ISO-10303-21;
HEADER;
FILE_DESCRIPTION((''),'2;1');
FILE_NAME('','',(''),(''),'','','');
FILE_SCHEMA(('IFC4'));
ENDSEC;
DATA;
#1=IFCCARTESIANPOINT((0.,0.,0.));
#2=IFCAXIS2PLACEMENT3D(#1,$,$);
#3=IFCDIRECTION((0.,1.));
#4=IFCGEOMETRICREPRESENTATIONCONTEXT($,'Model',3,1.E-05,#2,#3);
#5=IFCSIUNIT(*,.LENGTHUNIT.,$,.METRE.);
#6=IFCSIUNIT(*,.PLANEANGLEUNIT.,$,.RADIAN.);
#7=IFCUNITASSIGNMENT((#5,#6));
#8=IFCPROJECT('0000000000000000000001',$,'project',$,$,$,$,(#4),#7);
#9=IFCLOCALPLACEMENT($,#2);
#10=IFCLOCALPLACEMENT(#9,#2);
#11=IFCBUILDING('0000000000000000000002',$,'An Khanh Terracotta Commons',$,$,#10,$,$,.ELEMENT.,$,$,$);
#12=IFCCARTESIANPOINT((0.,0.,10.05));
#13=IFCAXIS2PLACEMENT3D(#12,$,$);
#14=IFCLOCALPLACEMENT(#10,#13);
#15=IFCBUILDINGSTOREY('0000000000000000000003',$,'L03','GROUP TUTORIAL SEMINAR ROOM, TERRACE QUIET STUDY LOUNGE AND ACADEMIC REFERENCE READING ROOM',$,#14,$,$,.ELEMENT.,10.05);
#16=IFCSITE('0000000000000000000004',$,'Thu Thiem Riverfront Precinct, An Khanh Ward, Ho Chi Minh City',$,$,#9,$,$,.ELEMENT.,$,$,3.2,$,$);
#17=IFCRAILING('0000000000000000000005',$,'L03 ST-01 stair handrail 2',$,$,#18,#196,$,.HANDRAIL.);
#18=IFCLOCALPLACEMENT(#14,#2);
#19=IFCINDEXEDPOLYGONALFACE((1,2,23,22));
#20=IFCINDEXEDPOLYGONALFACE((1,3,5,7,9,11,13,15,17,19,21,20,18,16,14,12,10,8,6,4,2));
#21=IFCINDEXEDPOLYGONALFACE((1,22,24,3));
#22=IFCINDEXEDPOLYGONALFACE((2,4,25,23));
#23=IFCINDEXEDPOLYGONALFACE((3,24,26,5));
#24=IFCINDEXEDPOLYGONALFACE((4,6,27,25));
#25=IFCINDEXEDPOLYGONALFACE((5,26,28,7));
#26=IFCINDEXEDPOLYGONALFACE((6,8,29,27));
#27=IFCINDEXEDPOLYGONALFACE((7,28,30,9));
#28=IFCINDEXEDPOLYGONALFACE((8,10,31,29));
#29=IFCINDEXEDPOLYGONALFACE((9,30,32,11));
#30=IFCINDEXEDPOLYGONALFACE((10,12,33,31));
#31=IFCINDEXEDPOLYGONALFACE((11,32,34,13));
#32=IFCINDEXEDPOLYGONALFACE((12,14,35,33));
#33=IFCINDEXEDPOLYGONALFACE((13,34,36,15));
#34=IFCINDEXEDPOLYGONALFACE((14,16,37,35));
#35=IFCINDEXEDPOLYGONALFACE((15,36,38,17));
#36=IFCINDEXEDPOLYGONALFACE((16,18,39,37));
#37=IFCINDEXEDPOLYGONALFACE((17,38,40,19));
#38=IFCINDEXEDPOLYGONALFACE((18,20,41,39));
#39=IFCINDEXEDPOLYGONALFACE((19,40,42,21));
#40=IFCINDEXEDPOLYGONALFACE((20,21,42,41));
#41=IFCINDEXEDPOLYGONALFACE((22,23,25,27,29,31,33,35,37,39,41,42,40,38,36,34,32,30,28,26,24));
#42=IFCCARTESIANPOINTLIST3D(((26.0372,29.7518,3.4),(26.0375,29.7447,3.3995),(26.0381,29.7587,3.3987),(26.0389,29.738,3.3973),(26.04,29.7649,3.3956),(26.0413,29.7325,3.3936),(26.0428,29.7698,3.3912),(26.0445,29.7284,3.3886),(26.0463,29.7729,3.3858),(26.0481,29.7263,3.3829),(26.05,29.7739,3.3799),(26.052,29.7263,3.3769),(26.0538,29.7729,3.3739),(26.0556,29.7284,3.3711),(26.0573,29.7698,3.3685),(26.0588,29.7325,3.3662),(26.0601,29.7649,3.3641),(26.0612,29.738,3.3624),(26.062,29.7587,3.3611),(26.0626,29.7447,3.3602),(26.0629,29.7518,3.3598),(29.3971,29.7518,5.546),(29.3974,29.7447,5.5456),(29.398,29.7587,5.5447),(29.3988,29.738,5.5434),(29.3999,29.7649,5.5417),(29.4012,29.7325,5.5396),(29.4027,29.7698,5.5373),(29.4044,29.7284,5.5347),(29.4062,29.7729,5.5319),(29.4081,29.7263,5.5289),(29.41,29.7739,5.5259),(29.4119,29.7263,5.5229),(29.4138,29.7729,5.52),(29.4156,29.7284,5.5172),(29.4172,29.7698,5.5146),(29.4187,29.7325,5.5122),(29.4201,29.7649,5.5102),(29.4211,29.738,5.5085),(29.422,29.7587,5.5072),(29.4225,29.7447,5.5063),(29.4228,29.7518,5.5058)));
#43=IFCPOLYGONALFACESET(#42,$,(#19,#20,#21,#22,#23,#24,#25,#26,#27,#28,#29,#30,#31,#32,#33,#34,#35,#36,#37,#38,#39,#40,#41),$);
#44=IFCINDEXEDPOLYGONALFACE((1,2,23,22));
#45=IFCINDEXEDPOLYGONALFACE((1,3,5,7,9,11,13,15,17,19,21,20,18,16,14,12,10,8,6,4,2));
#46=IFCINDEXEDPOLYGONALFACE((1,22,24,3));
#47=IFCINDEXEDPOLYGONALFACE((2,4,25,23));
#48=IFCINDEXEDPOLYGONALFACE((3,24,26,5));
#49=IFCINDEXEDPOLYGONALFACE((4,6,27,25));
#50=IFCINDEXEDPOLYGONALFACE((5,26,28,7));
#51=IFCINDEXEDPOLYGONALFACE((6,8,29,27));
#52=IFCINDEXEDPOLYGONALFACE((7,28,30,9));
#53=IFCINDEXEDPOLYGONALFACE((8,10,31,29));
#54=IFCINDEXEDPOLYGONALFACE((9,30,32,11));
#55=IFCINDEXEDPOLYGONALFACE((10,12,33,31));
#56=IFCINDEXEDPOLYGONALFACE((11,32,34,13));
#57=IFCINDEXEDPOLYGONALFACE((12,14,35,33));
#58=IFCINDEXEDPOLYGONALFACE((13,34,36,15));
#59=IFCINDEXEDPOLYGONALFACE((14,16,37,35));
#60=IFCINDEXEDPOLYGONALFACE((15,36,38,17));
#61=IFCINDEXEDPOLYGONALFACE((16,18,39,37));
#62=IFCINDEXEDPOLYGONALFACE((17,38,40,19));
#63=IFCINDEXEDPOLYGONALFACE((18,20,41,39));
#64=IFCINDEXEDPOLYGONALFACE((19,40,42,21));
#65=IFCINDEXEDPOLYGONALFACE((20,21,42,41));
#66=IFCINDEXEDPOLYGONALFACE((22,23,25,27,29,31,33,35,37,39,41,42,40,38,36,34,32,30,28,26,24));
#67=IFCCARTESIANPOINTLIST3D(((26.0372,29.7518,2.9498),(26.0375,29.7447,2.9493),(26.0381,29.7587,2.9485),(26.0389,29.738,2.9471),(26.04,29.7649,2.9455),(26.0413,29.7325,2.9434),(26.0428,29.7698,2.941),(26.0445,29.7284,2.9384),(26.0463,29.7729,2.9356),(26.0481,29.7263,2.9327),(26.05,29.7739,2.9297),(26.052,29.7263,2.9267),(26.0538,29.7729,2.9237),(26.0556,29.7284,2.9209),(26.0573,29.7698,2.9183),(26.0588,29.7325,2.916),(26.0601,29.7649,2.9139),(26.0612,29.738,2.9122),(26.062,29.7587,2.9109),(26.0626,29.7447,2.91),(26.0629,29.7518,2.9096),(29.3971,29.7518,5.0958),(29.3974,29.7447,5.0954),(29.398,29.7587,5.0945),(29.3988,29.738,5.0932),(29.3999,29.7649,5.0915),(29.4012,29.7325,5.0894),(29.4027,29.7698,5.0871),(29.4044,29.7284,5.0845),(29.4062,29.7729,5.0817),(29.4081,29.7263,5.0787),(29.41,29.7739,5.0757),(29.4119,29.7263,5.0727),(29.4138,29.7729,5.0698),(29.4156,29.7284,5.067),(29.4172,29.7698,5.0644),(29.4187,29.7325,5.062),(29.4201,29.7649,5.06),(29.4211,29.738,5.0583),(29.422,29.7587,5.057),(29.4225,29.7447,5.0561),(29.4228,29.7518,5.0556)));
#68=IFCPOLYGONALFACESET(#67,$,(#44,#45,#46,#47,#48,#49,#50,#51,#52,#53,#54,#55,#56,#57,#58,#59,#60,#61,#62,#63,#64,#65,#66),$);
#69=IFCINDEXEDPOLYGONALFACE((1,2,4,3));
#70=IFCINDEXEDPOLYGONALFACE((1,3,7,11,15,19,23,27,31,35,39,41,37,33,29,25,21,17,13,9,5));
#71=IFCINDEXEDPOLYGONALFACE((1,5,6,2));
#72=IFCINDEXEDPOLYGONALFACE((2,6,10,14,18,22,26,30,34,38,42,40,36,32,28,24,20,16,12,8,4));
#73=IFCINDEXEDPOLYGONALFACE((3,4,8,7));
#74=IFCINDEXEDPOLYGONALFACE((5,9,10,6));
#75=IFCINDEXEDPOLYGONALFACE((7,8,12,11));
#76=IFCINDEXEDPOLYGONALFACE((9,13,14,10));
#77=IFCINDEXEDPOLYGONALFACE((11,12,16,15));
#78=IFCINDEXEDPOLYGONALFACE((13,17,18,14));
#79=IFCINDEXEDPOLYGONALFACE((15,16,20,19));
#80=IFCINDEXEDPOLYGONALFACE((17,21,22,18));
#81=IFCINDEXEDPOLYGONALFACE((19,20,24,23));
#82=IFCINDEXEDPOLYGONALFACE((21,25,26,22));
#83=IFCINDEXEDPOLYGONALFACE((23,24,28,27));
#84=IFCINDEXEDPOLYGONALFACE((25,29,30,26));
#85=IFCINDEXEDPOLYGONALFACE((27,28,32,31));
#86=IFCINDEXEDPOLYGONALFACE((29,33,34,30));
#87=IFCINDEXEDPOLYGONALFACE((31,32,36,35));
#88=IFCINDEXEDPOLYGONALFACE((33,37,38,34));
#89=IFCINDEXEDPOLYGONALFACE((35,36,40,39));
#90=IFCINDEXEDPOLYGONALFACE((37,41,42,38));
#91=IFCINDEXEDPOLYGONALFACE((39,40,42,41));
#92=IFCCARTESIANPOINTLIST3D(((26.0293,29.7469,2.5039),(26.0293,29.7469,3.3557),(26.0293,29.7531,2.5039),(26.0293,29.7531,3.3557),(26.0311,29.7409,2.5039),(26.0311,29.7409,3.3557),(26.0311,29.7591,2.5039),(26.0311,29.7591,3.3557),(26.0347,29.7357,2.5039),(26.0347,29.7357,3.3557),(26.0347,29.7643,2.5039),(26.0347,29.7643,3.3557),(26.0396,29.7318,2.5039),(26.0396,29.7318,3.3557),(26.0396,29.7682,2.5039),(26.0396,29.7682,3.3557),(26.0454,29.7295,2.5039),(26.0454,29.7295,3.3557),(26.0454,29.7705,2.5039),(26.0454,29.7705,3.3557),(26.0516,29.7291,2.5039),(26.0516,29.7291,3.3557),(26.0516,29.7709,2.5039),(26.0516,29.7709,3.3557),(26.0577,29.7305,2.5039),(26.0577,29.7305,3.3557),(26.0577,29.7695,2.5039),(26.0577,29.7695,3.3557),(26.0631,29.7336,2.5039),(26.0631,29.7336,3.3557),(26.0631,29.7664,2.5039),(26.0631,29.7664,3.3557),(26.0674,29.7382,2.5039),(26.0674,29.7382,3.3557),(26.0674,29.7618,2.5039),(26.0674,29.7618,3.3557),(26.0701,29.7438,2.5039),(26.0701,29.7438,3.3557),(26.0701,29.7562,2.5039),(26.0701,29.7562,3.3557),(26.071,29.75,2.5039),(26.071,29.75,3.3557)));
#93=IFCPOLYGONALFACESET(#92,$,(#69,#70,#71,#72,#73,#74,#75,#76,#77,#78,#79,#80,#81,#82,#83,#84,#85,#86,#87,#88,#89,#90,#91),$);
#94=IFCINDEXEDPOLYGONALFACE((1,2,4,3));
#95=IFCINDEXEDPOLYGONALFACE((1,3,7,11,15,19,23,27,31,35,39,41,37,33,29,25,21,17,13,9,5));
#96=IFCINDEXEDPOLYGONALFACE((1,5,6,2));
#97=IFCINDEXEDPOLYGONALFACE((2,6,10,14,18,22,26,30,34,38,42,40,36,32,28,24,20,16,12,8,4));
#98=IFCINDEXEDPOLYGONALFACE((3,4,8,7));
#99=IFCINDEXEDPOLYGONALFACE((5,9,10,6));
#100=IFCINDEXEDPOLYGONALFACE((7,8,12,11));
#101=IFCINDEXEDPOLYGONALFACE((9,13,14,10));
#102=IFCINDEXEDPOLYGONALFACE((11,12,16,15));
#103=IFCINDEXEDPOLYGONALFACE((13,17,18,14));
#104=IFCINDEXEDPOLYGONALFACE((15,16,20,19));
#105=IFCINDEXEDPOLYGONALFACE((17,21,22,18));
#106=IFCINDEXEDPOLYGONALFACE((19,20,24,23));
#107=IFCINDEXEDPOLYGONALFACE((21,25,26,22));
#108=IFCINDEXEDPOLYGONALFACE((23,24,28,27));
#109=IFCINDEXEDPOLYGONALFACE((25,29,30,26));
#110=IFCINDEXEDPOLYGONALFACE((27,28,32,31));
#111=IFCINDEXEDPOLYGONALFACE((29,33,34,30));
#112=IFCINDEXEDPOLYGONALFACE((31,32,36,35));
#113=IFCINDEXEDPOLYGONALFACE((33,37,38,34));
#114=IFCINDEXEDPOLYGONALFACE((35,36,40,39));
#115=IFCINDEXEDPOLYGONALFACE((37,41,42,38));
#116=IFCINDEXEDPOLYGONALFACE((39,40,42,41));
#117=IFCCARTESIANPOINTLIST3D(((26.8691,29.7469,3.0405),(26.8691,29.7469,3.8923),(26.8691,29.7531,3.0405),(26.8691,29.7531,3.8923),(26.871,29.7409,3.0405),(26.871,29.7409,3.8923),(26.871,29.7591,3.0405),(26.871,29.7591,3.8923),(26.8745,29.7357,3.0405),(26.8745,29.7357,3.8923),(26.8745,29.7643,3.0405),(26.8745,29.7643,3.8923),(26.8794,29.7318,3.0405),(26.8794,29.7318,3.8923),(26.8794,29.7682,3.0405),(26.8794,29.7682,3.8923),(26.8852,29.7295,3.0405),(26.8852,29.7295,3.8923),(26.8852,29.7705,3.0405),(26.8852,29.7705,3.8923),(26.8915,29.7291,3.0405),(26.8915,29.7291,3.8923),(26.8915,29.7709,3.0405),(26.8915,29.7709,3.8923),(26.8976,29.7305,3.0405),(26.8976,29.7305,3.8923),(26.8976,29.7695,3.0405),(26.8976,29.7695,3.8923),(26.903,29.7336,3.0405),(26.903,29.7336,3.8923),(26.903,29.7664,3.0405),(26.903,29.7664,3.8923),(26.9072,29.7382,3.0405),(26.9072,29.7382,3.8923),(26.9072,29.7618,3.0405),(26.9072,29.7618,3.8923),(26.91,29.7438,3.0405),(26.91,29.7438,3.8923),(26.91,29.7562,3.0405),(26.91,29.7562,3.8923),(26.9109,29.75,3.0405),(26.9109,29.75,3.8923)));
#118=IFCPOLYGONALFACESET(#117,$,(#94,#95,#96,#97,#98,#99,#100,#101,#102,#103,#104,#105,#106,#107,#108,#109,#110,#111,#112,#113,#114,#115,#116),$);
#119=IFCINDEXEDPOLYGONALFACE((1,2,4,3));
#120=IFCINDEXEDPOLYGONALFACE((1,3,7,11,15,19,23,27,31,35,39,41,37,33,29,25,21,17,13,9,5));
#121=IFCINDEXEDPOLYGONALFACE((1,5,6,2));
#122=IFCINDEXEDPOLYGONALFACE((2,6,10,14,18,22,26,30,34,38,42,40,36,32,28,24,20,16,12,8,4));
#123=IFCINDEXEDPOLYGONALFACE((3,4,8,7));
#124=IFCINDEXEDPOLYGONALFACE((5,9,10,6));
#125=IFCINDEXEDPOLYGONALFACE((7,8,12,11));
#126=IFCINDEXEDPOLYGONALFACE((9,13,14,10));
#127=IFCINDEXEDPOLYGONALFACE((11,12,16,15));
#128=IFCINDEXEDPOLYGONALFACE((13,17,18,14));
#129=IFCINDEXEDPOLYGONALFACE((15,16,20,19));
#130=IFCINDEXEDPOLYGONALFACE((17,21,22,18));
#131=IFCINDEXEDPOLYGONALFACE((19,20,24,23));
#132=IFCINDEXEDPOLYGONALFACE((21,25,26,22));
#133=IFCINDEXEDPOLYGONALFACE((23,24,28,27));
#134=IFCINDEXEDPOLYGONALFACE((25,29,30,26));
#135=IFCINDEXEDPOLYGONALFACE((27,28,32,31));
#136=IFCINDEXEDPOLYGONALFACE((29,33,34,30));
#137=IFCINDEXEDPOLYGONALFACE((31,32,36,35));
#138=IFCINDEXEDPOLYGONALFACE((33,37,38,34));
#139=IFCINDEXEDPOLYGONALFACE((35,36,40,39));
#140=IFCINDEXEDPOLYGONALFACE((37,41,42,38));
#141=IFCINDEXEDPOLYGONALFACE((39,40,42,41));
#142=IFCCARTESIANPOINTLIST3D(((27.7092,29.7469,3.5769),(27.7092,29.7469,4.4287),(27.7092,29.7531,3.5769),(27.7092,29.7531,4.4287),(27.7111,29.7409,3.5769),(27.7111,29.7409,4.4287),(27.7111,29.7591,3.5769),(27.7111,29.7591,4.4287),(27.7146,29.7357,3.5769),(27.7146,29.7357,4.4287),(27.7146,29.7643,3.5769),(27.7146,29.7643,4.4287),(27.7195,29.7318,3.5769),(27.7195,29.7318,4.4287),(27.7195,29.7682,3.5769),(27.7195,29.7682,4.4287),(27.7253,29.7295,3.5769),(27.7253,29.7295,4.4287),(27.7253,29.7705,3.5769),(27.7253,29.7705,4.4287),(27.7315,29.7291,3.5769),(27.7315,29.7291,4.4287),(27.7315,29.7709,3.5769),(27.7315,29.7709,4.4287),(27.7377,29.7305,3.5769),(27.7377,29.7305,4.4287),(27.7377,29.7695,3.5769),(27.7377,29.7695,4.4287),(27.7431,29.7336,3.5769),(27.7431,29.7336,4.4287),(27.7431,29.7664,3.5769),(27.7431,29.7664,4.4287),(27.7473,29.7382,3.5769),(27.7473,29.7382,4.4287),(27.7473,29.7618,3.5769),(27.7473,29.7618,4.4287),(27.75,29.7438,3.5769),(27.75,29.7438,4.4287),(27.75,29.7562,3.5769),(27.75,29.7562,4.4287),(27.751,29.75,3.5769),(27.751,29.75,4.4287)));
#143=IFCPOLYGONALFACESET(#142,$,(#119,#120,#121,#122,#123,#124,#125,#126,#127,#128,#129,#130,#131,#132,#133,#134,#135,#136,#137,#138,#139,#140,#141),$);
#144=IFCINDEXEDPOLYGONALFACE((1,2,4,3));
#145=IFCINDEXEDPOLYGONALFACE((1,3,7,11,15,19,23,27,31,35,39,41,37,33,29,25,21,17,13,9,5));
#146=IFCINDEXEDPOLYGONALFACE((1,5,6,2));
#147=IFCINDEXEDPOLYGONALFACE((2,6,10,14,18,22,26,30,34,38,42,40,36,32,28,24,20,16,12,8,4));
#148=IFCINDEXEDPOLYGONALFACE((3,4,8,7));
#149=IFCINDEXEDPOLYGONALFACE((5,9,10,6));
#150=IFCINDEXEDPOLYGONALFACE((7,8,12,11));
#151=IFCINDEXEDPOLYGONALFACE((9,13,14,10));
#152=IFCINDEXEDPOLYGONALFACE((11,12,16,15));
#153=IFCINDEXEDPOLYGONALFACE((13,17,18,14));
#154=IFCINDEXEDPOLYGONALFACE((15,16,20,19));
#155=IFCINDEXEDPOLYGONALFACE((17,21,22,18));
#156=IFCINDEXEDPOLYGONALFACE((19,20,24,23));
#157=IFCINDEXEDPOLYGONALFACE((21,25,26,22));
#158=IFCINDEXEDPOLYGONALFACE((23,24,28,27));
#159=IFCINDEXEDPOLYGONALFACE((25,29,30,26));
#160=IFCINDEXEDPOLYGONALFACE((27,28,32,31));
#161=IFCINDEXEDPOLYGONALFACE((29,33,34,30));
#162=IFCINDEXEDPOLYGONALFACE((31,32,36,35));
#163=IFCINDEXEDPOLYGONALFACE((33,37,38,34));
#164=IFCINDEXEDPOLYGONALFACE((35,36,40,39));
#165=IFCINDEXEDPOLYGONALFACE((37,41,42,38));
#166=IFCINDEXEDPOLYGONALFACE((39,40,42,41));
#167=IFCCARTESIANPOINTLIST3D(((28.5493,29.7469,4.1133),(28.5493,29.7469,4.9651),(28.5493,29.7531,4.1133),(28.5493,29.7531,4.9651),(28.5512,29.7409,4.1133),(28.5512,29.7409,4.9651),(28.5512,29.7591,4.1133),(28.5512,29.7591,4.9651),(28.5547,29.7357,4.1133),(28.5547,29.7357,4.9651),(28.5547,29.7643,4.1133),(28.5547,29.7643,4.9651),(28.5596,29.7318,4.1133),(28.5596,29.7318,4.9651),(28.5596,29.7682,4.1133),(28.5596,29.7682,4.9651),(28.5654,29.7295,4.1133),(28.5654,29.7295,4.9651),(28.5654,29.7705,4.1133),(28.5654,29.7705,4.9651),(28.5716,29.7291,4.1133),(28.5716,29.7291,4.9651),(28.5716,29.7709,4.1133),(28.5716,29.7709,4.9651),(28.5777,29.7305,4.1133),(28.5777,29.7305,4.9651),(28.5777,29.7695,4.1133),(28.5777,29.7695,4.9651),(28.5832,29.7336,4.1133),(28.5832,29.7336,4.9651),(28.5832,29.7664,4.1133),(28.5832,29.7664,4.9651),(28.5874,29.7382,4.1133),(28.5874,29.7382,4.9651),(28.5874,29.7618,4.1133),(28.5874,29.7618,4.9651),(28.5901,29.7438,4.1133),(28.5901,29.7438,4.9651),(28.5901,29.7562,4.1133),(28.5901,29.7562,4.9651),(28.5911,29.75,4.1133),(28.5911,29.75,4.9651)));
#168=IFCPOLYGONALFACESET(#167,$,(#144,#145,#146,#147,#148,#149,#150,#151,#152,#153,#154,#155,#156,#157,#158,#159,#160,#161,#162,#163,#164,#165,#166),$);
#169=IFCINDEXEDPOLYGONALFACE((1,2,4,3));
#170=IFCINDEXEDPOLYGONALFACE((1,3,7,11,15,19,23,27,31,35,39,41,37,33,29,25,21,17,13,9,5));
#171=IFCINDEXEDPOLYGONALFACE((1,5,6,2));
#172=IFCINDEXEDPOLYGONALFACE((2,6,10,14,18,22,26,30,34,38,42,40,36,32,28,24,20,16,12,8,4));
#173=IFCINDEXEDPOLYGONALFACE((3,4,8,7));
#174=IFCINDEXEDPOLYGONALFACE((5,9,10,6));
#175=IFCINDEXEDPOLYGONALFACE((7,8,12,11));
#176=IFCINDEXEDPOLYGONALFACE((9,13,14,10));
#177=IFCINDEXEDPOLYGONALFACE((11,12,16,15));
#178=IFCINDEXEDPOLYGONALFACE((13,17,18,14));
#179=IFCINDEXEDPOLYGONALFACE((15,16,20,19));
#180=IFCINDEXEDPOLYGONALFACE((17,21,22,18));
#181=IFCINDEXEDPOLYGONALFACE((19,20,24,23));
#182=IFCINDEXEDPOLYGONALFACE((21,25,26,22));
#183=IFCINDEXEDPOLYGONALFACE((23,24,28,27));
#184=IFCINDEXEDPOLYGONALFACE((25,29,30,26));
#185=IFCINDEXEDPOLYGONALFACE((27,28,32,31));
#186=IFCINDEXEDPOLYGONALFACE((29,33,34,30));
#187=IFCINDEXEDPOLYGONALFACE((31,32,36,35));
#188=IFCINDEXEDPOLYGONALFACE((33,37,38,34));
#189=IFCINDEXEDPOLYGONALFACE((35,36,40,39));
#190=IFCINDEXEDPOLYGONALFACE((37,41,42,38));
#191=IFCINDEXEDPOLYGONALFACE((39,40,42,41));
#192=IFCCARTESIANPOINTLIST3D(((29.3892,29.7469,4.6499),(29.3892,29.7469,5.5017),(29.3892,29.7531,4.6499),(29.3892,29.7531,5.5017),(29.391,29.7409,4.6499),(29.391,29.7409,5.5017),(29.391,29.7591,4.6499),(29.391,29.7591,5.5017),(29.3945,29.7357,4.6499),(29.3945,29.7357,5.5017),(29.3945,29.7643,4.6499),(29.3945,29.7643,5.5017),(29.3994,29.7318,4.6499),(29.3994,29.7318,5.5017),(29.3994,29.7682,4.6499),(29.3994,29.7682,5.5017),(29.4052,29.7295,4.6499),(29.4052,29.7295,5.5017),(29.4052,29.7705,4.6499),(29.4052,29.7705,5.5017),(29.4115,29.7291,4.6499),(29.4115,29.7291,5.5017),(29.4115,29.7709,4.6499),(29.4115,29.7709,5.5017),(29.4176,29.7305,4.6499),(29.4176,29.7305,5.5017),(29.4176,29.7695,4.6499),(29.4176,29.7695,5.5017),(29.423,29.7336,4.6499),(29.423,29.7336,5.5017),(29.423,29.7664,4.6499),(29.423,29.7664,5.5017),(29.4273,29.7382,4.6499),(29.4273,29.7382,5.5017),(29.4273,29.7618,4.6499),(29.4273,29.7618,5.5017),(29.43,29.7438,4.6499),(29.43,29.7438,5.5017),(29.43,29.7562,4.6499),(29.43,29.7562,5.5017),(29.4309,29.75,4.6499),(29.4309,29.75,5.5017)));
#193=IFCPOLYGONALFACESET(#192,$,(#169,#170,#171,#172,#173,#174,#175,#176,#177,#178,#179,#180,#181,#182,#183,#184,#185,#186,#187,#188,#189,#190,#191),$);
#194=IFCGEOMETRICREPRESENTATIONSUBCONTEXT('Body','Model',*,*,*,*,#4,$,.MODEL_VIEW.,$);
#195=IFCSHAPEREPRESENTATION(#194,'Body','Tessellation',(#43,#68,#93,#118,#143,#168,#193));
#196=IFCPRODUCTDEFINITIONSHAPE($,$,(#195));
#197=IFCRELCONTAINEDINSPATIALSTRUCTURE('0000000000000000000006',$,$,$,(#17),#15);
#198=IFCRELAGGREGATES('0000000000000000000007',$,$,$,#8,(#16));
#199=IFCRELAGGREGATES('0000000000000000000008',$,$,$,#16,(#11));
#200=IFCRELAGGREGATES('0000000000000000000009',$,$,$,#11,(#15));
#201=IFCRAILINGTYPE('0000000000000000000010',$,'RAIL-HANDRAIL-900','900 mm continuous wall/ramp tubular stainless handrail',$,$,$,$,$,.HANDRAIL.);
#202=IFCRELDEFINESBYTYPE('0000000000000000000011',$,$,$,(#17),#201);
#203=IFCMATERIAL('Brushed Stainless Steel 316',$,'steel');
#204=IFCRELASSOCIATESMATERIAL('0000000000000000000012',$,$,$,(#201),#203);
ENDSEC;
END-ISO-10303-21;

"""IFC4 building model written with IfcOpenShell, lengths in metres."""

from ifc_helpers import new_model, si_unit, direction, frame, origin, origin_2d, place, context, subcontext, project, spatial, circle, extrude, material, type_object, element, save


model = new_model("IFC4")

# Units and contexts
model_context = context("Model", 3, precision=1e-05, world=origin(), true_north=direction((0.0, 1.0)))
body_context = subcontext(model_context, "Body", "Model", "MODEL_VIEW")
ifc_project = project(units=[si_unit("LENGTHUNIT", "METRE"), si_unit("PLANEANGLEUNIT", "RADIAN")], contexts=[model_context])

# Site, building, storey
site_placement = place(None, origin())
site = spatial("IfcSite", under=ifc_project, at=site_placement, Name="Thu Thiem Riverfront Precinct, An Khanh Ward, Ho Chi Minh City", CompositionType="ELEMENT", RefElevation=3.2)
building_placement = place(site_placement, origin())
building = spatial("IfcBuilding", under=site, at=building_placement, Name="An Khanh Terracotta Commons", CompositionType="ELEMENT")
storey_placement = place(building_placement, frame((0.0, 0.0, 10.05)))
storey = spatial("IfcBuildingStorey", under=building, at=storey_placement, Name="L03", Description="GROUP TUTORIAL SEMINAR ROOM, TERRACE QUIET STUDY LOUNGE AND ACADEMIC REFERENCE READING ROOM", CompositionType="ELEMENT", Elevation=10.05)

# Railing
ifc_material_1 = material(Name="Brushed Stainless Steel 316", Category="steel")
railing_type_1 = type_object("IfcRailingType", Name="RAIL-HANDRAIL-900", Description="900 mm continuous wall/ramp tubular stainless handrail", PredefinedType="HANDRAIL", material=ifc_material_1)
railing_1_placement = place(storey_placement, frame((26.05, 29.75, 2.5039)))
element("IfcRailing", 1, at=railing_1_placement, inside=storey, type_object=railing_type_1, Name="L03 ST-01 stair handrail 2", PredefinedType="HANDRAIL", context=body_context, shape_type="SweptSolid", body=[
    extrude(circle(Radius=0.0239, at=origin_2d()), frame((0.0, 0.0, 0.876), z_axis=(0.842763, 0.0, 0.538285), x_axis=(0.0, 1.0, 0.0)), (0.0, 0.0, 1.0), 3.9868),
    extrude(circle(Radius=0.0239, at=origin_2d()), frame((0.0, 0.0, 0.4258), z_axis=(0.842763, 0.0, 0.538285), x_axis=(0.0, 1.0, 0.0)), (0.0, 0.0, 1.0), 3.9868),
    extrude(circle(Radius=0.021, at=origin_2d()), origin(), (0.0, 0.0, 1.0), 0.8518),
    extrude(circle(Radius=0.021, at=origin_2d()), frame((0.8398, 0.0, 0.5366)), (0.0, 0.0, 1.0), 0.8518),
    extrude(circle(Radius=0.021, at=origin_2d()), frame((1.6799, 0.0, 1.073)), (0.0, 0.0, 1.0), 0.8518),
    extrude(circle(Radius=0.021, at=origin_2d()), frame((2.52, 0.0, 1.6094)), (0.0, 0.0, 1.0), 0.8518),
    extrude(circle(Radius=0.021, at=origin_2d()), frame((3.3599, 0.0, 2.146)), (0.0, 0.0, 1.0), 0.8518),
])

save(model, "model.ifc")
